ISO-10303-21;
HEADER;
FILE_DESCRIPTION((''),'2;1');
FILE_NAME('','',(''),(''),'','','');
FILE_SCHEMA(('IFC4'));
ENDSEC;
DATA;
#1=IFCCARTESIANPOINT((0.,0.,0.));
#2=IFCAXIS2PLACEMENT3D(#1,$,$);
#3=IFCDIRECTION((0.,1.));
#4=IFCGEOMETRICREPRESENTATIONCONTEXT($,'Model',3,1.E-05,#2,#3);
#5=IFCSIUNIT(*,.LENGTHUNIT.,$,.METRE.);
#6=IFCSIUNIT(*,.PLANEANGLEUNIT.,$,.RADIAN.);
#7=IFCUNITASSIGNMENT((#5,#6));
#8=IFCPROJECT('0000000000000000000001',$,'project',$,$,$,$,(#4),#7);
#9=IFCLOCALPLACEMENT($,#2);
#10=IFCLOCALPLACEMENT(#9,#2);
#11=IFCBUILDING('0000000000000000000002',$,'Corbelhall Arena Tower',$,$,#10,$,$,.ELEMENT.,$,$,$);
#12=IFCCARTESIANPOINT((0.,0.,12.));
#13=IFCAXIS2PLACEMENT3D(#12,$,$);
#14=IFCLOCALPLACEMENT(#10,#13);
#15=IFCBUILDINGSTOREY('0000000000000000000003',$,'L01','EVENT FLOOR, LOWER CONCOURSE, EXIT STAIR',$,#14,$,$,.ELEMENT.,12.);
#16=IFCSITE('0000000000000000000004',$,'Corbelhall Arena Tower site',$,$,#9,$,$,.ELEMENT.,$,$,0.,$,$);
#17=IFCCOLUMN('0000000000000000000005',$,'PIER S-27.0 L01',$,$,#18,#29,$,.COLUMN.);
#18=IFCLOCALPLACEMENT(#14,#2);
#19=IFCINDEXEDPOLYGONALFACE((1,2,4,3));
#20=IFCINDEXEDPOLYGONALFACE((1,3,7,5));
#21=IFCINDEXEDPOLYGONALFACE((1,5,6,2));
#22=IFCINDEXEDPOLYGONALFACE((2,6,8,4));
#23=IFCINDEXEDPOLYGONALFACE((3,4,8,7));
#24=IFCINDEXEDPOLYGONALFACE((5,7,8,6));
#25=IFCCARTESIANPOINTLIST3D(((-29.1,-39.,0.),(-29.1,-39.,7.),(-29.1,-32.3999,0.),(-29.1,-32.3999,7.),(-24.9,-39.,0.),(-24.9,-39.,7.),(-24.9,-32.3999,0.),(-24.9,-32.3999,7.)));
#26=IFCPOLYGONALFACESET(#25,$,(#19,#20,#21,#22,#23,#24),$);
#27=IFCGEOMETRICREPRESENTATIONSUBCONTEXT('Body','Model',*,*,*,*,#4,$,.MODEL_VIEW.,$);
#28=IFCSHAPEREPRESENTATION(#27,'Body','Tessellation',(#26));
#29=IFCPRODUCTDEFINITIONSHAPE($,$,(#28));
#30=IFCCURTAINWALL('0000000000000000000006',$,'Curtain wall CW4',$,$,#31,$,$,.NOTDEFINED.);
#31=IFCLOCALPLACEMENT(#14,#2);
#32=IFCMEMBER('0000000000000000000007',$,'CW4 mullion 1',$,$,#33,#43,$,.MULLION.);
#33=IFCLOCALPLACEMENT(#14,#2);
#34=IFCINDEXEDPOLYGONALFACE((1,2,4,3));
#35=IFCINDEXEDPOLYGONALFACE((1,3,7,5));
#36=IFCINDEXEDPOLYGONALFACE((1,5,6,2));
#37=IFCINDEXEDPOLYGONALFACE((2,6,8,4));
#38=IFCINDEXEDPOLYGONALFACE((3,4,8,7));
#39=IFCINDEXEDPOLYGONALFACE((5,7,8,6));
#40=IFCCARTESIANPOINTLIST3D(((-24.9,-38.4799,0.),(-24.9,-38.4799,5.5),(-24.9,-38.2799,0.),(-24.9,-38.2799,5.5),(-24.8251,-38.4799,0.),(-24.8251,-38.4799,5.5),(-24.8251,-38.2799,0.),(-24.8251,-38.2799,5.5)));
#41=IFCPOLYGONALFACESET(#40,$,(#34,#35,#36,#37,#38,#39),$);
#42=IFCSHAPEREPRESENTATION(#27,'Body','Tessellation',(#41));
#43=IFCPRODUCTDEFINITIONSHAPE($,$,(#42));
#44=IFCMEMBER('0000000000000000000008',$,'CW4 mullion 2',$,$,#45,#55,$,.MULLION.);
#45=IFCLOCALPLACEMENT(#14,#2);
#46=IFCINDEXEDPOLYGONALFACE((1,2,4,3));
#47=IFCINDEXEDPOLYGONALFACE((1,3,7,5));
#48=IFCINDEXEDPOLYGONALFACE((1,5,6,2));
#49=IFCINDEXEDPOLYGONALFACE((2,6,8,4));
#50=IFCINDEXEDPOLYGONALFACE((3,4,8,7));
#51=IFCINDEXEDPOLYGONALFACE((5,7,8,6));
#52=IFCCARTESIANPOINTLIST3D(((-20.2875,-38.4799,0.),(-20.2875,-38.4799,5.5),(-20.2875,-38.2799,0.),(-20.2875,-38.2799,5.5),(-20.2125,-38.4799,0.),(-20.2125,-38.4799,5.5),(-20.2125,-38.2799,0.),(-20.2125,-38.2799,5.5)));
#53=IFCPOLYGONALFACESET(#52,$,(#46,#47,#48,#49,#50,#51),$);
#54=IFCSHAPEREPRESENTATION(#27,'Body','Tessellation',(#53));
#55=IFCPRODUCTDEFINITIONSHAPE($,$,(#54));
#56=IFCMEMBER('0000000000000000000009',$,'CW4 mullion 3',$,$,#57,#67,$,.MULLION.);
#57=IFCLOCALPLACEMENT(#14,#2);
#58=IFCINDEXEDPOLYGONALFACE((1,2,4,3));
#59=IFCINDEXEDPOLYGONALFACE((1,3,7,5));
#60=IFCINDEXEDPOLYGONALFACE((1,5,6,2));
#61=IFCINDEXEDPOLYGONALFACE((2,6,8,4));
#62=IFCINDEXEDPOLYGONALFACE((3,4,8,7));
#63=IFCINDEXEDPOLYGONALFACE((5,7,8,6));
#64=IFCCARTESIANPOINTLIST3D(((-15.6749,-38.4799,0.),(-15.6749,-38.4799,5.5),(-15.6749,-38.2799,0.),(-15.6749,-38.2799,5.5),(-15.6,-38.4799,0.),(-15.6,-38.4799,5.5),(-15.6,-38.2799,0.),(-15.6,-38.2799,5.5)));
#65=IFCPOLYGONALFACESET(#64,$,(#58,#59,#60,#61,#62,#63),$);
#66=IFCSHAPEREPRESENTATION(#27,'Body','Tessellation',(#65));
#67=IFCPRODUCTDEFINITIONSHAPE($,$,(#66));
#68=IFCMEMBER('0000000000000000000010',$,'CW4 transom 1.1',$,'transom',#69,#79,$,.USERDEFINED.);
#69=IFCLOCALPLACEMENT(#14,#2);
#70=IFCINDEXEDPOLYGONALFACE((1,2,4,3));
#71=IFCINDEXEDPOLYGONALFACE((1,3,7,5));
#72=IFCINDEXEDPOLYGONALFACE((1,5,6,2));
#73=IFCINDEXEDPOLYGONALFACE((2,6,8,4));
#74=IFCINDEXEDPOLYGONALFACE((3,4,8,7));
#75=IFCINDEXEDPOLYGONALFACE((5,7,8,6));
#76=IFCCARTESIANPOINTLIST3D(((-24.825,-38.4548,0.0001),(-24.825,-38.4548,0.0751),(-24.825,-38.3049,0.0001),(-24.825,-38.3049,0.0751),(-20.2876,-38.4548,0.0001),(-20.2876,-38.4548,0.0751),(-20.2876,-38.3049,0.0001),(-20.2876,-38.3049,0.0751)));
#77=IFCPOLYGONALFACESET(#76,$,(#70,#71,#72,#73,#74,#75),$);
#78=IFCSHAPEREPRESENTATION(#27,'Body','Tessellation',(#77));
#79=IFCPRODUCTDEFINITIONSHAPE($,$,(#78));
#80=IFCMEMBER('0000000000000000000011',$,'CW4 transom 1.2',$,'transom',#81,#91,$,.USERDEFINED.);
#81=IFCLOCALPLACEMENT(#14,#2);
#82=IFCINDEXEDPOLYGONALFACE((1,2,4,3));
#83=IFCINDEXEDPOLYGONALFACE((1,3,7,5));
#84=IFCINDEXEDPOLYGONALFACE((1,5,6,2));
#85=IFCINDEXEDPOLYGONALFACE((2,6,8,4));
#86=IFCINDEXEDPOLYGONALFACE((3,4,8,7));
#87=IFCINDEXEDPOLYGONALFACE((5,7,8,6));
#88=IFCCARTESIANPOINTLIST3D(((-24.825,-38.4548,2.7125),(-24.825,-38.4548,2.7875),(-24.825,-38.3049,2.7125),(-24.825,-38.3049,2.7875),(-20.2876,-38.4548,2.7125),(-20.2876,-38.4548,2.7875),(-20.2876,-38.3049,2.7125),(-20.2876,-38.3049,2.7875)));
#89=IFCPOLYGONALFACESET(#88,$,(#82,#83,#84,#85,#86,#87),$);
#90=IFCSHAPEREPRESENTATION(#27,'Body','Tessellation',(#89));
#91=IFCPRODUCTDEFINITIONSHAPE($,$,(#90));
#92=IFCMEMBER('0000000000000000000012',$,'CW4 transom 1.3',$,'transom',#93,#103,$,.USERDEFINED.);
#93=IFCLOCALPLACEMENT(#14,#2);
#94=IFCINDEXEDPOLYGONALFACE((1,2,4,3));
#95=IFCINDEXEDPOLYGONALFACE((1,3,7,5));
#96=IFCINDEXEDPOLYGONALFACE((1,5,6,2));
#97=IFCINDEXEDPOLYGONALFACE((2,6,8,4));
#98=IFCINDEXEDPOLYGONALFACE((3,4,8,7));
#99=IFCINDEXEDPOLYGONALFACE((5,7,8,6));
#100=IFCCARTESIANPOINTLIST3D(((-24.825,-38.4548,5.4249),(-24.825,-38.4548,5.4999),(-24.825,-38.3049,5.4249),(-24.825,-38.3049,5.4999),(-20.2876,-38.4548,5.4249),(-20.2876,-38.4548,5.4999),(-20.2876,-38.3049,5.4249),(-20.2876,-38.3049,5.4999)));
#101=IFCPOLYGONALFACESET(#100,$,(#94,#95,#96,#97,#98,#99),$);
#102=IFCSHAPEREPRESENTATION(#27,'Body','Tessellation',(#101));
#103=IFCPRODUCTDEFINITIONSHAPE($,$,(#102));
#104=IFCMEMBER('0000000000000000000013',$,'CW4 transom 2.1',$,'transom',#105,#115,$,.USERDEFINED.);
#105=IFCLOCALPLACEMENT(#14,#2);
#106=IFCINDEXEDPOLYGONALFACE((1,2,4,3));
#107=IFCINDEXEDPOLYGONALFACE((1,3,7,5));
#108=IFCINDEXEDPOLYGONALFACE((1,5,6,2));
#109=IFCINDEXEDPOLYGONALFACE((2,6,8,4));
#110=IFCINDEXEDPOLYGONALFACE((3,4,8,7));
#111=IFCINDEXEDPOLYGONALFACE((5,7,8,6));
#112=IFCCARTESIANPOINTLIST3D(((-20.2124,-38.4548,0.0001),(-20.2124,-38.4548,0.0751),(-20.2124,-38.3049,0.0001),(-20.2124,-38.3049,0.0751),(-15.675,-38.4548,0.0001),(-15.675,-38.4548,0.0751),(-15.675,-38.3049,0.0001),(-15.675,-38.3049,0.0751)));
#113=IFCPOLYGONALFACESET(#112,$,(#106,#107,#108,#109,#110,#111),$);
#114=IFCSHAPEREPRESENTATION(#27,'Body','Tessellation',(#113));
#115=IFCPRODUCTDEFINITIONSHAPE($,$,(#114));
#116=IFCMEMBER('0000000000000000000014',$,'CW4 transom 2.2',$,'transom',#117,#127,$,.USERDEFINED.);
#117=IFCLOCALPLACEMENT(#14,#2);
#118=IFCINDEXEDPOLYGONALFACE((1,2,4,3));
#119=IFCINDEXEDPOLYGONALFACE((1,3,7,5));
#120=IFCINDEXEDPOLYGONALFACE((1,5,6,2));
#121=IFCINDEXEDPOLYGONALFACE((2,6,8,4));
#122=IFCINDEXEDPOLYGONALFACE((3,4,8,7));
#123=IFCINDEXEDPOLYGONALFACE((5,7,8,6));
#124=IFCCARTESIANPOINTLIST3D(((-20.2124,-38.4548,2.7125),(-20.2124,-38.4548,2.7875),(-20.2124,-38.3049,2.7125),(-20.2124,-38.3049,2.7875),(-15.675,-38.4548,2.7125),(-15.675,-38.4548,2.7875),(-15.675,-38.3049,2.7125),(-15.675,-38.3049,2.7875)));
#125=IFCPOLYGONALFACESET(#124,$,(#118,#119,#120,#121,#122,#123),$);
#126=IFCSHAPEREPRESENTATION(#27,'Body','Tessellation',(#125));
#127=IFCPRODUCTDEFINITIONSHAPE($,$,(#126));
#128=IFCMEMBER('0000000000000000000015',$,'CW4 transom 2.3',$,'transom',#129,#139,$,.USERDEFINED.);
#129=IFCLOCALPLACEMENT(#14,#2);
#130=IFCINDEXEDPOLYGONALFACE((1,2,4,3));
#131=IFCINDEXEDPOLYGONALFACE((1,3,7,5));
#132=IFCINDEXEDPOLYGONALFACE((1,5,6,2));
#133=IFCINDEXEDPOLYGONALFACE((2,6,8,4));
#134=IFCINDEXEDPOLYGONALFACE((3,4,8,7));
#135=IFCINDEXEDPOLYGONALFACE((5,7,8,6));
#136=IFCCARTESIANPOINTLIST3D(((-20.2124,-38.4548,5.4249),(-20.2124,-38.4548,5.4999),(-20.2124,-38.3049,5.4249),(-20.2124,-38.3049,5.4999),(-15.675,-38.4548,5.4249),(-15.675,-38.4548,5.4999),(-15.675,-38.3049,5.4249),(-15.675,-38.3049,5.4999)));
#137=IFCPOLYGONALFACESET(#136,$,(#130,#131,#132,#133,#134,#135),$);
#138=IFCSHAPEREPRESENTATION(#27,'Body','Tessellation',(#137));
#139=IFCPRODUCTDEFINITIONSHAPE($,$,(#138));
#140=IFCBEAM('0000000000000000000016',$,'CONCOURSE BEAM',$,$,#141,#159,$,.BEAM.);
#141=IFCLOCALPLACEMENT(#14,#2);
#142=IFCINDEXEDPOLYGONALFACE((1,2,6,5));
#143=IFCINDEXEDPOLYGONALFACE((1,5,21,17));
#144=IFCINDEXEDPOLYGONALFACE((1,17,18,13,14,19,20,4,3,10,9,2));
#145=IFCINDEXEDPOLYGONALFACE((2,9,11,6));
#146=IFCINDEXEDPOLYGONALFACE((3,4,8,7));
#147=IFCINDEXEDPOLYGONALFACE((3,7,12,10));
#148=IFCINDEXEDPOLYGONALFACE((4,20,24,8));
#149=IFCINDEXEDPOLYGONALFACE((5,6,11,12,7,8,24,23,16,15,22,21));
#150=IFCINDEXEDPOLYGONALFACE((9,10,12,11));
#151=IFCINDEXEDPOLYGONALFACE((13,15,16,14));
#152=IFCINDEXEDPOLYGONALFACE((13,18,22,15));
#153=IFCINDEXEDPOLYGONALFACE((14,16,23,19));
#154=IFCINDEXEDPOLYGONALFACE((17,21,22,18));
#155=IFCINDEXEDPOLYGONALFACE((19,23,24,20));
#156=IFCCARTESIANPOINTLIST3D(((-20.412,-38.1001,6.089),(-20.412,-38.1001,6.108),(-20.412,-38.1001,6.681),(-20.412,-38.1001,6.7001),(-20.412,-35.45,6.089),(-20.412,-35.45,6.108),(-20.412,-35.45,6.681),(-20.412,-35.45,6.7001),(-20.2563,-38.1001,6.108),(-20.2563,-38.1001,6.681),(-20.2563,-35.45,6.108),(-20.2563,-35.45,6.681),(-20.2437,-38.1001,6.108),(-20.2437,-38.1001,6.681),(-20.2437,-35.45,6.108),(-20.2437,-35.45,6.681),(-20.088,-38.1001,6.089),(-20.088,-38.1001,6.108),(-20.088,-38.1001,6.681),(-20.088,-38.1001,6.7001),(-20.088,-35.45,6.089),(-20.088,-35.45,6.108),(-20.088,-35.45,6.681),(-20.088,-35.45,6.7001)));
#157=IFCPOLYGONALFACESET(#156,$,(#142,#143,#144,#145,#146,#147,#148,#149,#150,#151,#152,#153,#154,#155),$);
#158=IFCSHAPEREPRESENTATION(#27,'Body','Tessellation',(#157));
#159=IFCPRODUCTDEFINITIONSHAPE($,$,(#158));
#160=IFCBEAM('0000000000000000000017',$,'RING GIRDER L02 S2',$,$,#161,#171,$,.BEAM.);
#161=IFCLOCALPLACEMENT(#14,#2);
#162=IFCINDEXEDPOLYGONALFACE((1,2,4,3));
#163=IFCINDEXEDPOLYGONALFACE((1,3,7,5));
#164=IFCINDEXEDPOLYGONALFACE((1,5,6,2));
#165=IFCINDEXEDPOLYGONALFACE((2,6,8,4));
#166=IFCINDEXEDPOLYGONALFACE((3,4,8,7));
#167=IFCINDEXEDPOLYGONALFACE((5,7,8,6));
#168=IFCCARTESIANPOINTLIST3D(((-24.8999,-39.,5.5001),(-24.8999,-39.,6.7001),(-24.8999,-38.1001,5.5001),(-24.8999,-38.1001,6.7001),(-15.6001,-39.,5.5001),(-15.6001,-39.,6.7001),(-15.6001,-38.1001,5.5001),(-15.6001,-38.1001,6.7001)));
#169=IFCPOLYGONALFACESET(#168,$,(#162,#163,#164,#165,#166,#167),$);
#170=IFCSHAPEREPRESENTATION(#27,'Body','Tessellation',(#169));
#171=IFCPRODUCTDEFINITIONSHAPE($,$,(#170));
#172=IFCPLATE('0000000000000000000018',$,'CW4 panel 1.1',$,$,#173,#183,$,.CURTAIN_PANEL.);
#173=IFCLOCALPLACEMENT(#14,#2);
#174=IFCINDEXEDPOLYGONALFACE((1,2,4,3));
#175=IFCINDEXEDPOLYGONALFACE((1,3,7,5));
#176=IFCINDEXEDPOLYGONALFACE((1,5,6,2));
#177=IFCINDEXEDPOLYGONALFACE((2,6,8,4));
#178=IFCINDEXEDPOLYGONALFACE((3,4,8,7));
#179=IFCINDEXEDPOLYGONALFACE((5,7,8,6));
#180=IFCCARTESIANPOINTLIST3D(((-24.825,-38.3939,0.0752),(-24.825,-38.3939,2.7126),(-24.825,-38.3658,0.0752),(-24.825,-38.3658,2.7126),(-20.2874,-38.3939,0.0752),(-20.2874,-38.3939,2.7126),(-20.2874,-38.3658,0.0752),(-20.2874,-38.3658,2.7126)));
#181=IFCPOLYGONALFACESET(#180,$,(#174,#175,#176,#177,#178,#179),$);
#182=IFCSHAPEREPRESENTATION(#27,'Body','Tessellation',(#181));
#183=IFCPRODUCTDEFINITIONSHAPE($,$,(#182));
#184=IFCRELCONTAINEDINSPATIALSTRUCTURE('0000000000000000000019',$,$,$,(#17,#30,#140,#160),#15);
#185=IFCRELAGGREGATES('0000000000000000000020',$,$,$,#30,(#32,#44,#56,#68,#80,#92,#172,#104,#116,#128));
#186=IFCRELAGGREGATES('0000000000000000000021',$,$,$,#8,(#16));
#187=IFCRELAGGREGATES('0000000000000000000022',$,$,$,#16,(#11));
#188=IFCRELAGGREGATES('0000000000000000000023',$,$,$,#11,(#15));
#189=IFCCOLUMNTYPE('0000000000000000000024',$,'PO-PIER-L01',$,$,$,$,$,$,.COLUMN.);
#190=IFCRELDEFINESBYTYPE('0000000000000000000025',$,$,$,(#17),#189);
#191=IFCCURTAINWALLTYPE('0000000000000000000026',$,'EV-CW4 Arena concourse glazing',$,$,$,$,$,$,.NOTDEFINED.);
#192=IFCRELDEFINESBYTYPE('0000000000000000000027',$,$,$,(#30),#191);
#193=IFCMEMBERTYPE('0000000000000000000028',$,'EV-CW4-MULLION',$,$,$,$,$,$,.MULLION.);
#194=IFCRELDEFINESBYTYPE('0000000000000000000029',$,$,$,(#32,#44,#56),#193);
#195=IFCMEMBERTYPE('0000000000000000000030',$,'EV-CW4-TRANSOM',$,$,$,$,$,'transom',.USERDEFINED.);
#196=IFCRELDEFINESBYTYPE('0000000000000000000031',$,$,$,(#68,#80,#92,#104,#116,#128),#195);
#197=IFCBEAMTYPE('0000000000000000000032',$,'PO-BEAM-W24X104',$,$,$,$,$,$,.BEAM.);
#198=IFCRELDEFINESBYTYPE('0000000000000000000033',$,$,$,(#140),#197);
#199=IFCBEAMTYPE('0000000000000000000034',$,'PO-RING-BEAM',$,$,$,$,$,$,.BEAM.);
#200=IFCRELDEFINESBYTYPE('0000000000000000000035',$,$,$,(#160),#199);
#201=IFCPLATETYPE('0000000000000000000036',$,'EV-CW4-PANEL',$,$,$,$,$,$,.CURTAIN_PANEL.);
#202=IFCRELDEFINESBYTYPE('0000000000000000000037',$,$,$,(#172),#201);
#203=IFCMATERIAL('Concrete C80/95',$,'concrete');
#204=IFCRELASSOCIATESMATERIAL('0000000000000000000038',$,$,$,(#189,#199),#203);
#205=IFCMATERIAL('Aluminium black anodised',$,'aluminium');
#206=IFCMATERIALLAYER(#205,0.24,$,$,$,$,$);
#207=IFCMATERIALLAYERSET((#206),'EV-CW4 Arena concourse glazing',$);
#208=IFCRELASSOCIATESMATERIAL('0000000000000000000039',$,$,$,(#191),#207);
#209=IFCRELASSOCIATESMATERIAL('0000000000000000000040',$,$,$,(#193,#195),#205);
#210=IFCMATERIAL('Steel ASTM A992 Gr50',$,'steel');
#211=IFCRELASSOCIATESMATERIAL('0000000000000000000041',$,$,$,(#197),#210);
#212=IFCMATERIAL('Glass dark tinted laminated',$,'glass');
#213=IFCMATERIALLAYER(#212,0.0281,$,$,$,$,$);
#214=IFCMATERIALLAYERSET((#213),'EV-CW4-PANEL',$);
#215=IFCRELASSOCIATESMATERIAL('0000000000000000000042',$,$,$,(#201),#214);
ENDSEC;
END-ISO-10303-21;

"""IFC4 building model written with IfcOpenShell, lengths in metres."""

from ifc_helpers import new_model, si_unit, direction, frame, origin, origin_2d, place, context, subcontext, project, spatial, rectangle, i_section, extrude, material, layer, layer_set, material_profile, profile_set, type_object, element, aggregate, save


model = new_model("IFC4")

# Units and contexts
model_context = context("Model", 3, precision=1e-05, world=origin(), true_north=direction((0.0, 1.0)))
body_context = subcontext(model_context, "Body", "Model", "MODEL_VIEW")
ifc_project = project(units=[si_unit("LENGTHUNIT", "METRE"), si_unit("PLANEANGLEUNIT", "RADIAN")], contexts=[model_context])

# Site, building, storey
site_placement = place(None, origin())
site = spatial("IfcSite", under=ifc_project, at=site_placement, Name="Corbelhall Arena Tower site", CompositionType="ELEMENT", RefElevation=0.0)
building_placement = place(site_placement, origin())
building = spatial("IfcBuilding", under=site, at=building_placement, Name="Corbelhall Arena Tower", CompositionType="ELEMENT")
storey_placement = place(building_placement, frame((0.0, 0.0, 12.0)))
storey = spatial("IfcBuildingStorey", under=building, at=storey_placement, Name="L01", Description="EVENT FLOOR, LOWER CONCOURSE, EXIT STAIR", CompositionType="ELEMENT", Elevation=12.0)

# Column
ifc_material_1 = material(Name="Concrete C80/95", Category="concrete")
ifc_material_profile_1 = material_profile(ifc_material_1, rectangle(XDim=4.2, YDim=6.6001, at=origin_2d()))
ifc_profile_set_1 = profile_set([ifc_material_profile_1], Name="Concrete C80/95")
column_type = type_object("IfcColumnType", Name="PO-PIER-L01", PredefinedType="COLUMN", material=ifc_profile_set_1)
column_placement = place(storey_placement, frame((-27.0, -35.7, 0.0), z_axis=(0.0, 0.0, 1.0), x_axis=(1.0, 0.0, 0.0)))
element("IfcColumn", 1, at=column_placement, inside=storey, type_object=column_type, Name="PIER S-27.0 L01", PredefinedType="COLUMN", context=body_context, shape_type="SweptSolid", body=[
    extrude(rectangle(XDim=4.2, YDim=6.6001, at=origin_2d()), origin(), (0.0, 0.0, 1.0), 7.0),
])

# Curtain wall, members
ifc_material_2 = material(Name="Aluminium black anodised", Category="aluminium")
ifc_layer_1 = layer(ifc_material_2, 0.24)
ifc_layer_set_1 = layer_set([ifc_layer_1], Name="EV-CW4 Arena concourse glazing")
curtain_wall_type = type_object("IfcCurtainWallType", Name="EV-CW4 Arena concourse glazing", PredefinedType="NOTDEFINED", material=ifc_layer_set_1)
curtain_wall_placement = place(storey_placement, origin())
curtain_wall = element("IfcCurtainWall", 2, at=curtain_wall_placement, inside=storey, type_object=curtain_wall_type, Name="Curtain wall CW4", PredefinedType="NOTDEFINED")
ifc_material_profile_2 = material_profile(ifc_material_2, rectangle(XDim=0.2, YDim=0.075, at=origin_2d()))
ifc_profile_set_2 = profile_set([ifc_material_profile_2], Name="Aluminium black anodised")
member_type_1 = type_object("IfcMemberType", Name="EV-CW4-MULLION", PredefinedType="MULLION", material=ifc_profile_set_2)
member_1_placement = place(storey_placement, frame((-24.8625, -38.3799, 0.0), z_axis=(0.0, 0.0, 1.0), x_axis=(0.0, 1.0, 0.0)))
member_1 = element("IfcMember", 3, at=member_1_placement, type_object=member_type_1, Name="CW4 mullion 1", PredefinedType="MULLION", context=body_context, shape_type="SweptSolid", body=[
    extrude(rectangle(XDim=0.2, YDim=0.075, at=origin_2d()), origin(), (0.0, 0.0, 1.0), 5.5),
])
member_2_placement = place(storey_placement, frame((-20.25, -38.3799, 0.0), z_axis=(0.0, 0.0, 1.0), x_axis=(0.0, 1.0, 0.0)))
member_2 = element("IfcMember", 4, at=member_2_placement, type_object=member_type_1, Name="CW4 mullion 2", PredefinedType="MULLION", context=body_context, shape_type="SweptSolid", body=[
    extrude(rectangle(XDim=0.2, YDim=0.075, at=origin_2d()), origin(), (0.0, 0.0, 1.0), 5.5),
])
member_3_placement = place(storey_placement, frame((-15.6375, -38.3799, 0.0), z_axis=(0.0, 0.0, 1.0), x_axis=(0.0, 1.0, 0.0)))
member_3 = element("IfcMember", 5, at=member_3_placement, type_object=member_type_1, Name="CW4 mullion 3", PredefinedType="MULLION", context=body_context, shape_type="SweptSolid", body=[
    extrude(rectangle(XDim=0.2, YDim=0.075, at=origin_2d()), origin(), (0.0, 0.0, 1.0), 5.5),
])
ifc_material_profile_3 = material_profile(ifc_material_2, rectangle(XDim=0.1499, YDim=0.075, at=origin_2d()))
ifc_profile_set_3 = profile_set([ifc_material_profile_3], Name="Aluminium black anodised")
member_type_2 = type_object("IfcMemberType", Name="EV-CW4-TRANSOM", ElementType="transom", PredefinedType="USERDEFINED", material=ifc_profile_set_3)
member_4_placement = place(storey_placement, frame((-24.825, -38.3799, 0.0376), z_axis=(1.0, 0.0, 0.0), x_axis=(0.0, 1.0, 0.0)))
member_4 = element("IfcMember", 6, at=member_4_placement, type_object=member_type_2, Name="CW4 transom 1.1", ObjectType="transom", PredefinedType="USERDEFINED", context=body_context, shape_type="SweptSolid", body=[
    extrude(rectangle(XDim=0.1499, YDim=0.075, at=origin_2d()), origin(), (0.0, 0.0, 1.0), 4.5374),
])
member_5_placement = place(storey_placement, frame((-24.825, -38.3799, 2.75), z_axis=(1.0, 0.0, 0.0), x_axis=(0.0, 1.0, 0.0)))
member_5 = element("IfcMember", 7, at=member_5_placement, type_object=member_type_2, Name="CW4 transom 1.2", ObjectType="transom", PredefinedType="USERDEFINED", context=body_context, shape_type="SweptSolid", body=[
    extrude(rectangle(XDim=0.1499, YDim=0.075, at=origin_2d()), origin(), (0.0, 0.0, 1.0), 4.5374),
])
member_6_placement = place(storey_placement, frame((-24.825, -38.3799, 5.4624), z_axis=(1.0, 0.0, 0.0), x_axis=(0.0, 1.0, 0.0)))
member_6 = element("IfcMember", 8, at=member_6_placement, type_object=member_type_2, Name="CW4 transom 1.3", ObjectType="transom", PredefinedType="USERDEFINED", context=body_context, shape_type="SweptSolid", body=[
    extrude(rectangle(XDim=0.1499, YDim=0.075, at=origin_2d()), origin(), (0.0, 0.0, 1.0), 4.5374),
])
member_7_placement = place(storey_placement, frame((-20.2124, -38.3799, 0.0376), z_axis=(1.0, 0.0, 0.0), x_axis=(0.0, 1.0, 0.0)))
member_7 = element("IfcMember", 9, at=member_7_placement, type_object=member_type_2, Name="CW4 transom 2.1", ObjectType="transom", PredefinedType="USERDEFINED", context=body_context, shape_type="SweptSolid", body=[
    extrude(rectangle(XDim=0.1499, YDim=0.075, at=origin_2d()), origin(), (0.0, 0.0, 1.0), 4.5374),
])
member_8_placement = place(storey_placement, frame((-20.2124, -38.3799, 2.75), z_axis=(1.0, 0.0, 0.0), x_axis=(0.0, 1.0, 0.0)))
member_8 = element("IfcMember", 10, at=member_8_placement, type_object=member_type_2, Name="CW4 transom 2.2", ObjectType="transom", PredefinedType="USERDEFINED", context=body_context, shape_type="SweptSolid", body=[
    extrude(rectangle(XDim=0.1499, YDim=0.075, at=origin_2d()), origin(), (0.0, 0.0, 1.0), 4.5374),
])
member_9_placement = place(storey_placement, frame((-20.2124, -38.3799, 5.4624), z_axis=(1.0, 0.0, 0.0), x_axis=(0.0, 1.0, 0.0)))
member_9 = element("IfcMember", 11, at=member_9_placement, type_object=member_type_2, Name="CW4 transom 2.3", ObjectType="transom", PredefinedType="USERDEFINED", context=body_context, shape_type="SweptSolid", body=[
    extrude(rectangle(XDim=0.1499, YDim=0.075, at=origin_2d()), origin(), (0.0, 0.0, 1.0), 4.5374),
])

# Beams
ifc_material_3 = material(Name="Steel ASTM A992 Gr50", Category="steel")
ifc_material_profile_4 = material_profile(ifc_material_3, i_section(OverallWidth=0.324, OverallDepth=0.6111, WebThickness=0.0127, FlangeThickness=0.019, at=origin_2d()))
ifc_profile_set_4 = profile_set([ifc_material_profile_4], Name="Steel ASTM A992 Gr50")
beam_type_1 = type_object("IfcBeamType", Name="PO-BEAM-W24X104", PredefinedType="BEAM", material=ifc_profile_set_4)
beam_1_placement = place(storey_placement, frame((-20.25, -35.45, 6.3945), z_axis=(0.0, -1.0, 0.0), x_axis=(1.0, 0.0, 0.0)))
element("IfcBeam", 12, at=beam_1_placement, inside=storey, type_object=beam_type_1, Name="CONCOURSE BEAM", PredefinedType="BEAM", context=body_context, shape_type="SweptSolid", body=[
    extrude(i_section(OverallWidth=0.324, OverallDepth=0.6111, WebThickness=0.0127, FlangeThickness=0.019, at=origin_2d()), origin(), (0.0, 0.0, 1.0), 2.6501),
])
ifc_material_profile_5 = material_profile(ifc_material_1, rectangle(XDim=0.8999, YDim=1.2, at=origin_2d()))
ifc_profile_set_5 = profile_set([ifc_material_profile_5], Name="Concrete C80/95")
beam_type_2 = type_object("IfcBeamType", Name="PO-RING-BEAM", PredefinedType="BEAM", material=ifc_profile_set_5)
beam_2_placement = place(storey_placement, frame((-24.8999, -38.55, 6.1001), z_axis=(1.0, 0.0, 0.0), x_axis=(0.0, 1.0, 0.0)))
element("IfcBeam", 13, at=beam_2_placement, inside=storey, type_object=beam_type_2, Name="RING GIRDER L02 S2", PredefinedType="BEAM", context=body_context, shape_type="SweptSolid", body=[
    extrude(rectangle(XDim=0.8999, YDim=1.2, at=origin_2d()), origin(), (0.0, 0.0, 1.0), 9.2998),
])

# Plate
ifc_material_4 = material(Name="Glass dark tinted laminated", Category="glass")
ifc_layer_2 = layer(ifc_material_4, 0.0281)
ifc_layer_set_2 = layer_set([ifc_layer_2], Name="EV-CW4-PANEL")
plate_type = type_object("IfcPlateType", Name="EV-CW4-PANEL", PredefinedType="CURTAIN_PANEL", material=ifc_layer_set_2)
plate_1_placement = place(storey_placement, frame((-22.5562, -38.3799, 0.0752), z_axis=(0.0, 0.0, 1.0), x_axis=(1.0, 0.0, 0.0)))
plate_1 = element("IfcPlate", 14, at=plate_1_placement, type_object=plate_type, Name="CW4 panel 1.1", PredefinedType="CURTAIN_PANEL", context=body_context, shape_type="SweptSolid", body=[
    extrude(rectangle(XDim=4.5376, YDim=0.0281, at=origin_2d()), origin(), (0.0, 0.0, 1.0), 2.6375),
])
aggregate(curtain_wall, [member_1, member_2, member_3, member_4, member_5, member_6, plate_1, member_7, member_8, member_9])

save(model, "model.ifc")
